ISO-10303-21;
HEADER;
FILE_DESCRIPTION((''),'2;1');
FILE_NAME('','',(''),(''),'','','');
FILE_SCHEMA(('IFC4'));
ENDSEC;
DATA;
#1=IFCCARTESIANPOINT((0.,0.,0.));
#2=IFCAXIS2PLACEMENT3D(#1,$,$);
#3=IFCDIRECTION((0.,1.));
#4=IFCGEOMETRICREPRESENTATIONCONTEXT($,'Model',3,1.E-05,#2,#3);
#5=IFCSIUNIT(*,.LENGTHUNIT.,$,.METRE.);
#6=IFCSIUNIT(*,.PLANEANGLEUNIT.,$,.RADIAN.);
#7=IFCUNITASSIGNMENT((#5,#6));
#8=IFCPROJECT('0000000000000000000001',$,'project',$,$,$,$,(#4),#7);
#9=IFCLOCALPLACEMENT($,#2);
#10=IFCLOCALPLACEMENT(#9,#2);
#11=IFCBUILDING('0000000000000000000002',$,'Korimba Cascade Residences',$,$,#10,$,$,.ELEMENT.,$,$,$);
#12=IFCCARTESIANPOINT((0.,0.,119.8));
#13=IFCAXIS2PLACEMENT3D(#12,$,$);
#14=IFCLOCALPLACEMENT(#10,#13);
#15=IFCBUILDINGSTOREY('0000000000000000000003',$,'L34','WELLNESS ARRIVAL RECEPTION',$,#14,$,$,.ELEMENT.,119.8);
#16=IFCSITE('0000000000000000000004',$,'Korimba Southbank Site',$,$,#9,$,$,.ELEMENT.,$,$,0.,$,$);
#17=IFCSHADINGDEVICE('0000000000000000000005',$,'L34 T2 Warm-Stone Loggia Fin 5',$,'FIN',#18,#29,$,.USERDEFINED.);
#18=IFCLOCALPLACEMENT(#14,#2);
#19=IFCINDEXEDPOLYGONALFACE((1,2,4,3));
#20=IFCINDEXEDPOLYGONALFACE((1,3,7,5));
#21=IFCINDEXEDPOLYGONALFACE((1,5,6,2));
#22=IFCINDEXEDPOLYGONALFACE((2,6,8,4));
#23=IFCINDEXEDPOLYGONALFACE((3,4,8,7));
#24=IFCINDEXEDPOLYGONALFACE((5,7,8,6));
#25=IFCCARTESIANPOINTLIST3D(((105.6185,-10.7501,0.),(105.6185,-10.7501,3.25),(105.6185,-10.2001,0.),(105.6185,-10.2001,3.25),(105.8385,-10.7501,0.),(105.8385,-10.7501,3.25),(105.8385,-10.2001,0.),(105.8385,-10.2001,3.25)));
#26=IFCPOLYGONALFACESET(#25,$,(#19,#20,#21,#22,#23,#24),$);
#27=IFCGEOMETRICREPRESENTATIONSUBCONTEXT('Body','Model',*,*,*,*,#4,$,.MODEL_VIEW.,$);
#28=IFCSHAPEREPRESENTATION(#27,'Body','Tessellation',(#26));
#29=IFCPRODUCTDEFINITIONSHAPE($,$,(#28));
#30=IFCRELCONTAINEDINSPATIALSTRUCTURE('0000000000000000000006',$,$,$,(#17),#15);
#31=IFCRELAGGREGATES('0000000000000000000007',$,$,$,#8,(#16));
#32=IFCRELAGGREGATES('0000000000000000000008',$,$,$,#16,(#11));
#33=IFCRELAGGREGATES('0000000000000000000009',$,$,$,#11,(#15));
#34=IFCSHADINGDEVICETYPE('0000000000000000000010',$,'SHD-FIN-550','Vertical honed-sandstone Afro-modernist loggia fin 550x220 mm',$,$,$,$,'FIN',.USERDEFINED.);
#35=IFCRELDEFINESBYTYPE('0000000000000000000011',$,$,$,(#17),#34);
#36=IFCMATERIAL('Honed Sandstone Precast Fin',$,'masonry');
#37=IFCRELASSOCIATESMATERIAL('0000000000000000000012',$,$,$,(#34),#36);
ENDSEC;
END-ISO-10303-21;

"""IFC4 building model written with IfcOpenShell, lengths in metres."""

from ifc_helpers import new_model, si_unit, direction, frame, origin, origin_2d, place, context, subcontext, project, spatial, rectangle, extrude, material, type_object, element, save


model = new_model("IFC4")

# Units and contexts
model_context = context("Model", 3, precision=1e-05, world=origin(), true_north=direction((0.0, 1.0)))
body_context = subcontext(model_context, "Body", "Model", "MODEL_VIEW")
ifc_project = project(units=[si_unit("LENGTHUNIT", "METRE"), si_unit("PLANEANGLEUNIT", "RADIAN")], contexts=[model_context])

# Site, building, storey
site_placement = place(None, origin())
site = spatial("IfcSite", under=ifc_project, at=site_placement, Name="Korimba Southbank Site", CompositionType="ELEMENT", RefElevation=0.0)
building_placement = place(site_placement, origin())
building = spatial("IfcBuilding", under=site, at=building_placement, Name="Korimba Cascade Residences", CompositionType="ELEMENT")
storey_placement = place(building_placement, frame((0.0, 0.0, 119.8)))
storey = spatial("IfcBuildingStorey", under=building, at=storey_placement, Name="L34", Description="WELLNESS ARRIVAL RECEPTION", CompositionType="ELEMENT", Elevation=119.8)

# Shading device
ifc_material_1 = material(Name="Honed Sandstone Precast Fin", Category="masonry")
shading_device_type = type_object("IfcShadingDeviceType", Name="SHD-FIN-550", Description="Vertical honed-sandstone Afro-modernist loggia fin 550x220 mm", ElementType="FIN", PredefinedType="USERDEFINED", material=ifc_material_1)
for number, where, z_axis, x_axis, name in (
    (1, (105.7285, -10.4751, 0.0), (0.0, 0.0, 1.0), (1.0, 0.0, 0.0), "L34 T2 Warm-Stone Loggia Fin 5"),
):
    element("IfcShadingDevice", number, at=place(storey_placement, frame(where, z_axis=z_axis, x_axis=x_axis)), inside=storey, type_object=shading_device_type, Name=name, ObjectType="FIN", PredefinedType="USERDEFINED", context=body_context, shape_type="SweptSolid", body=[
        extrude(rectangle(XDim=0.22, YDim=0.55, at=origin_2d()), origin(), (0.0, 0.0, 1.0), 3.25),
    ])

save(model, "model.ifc")
